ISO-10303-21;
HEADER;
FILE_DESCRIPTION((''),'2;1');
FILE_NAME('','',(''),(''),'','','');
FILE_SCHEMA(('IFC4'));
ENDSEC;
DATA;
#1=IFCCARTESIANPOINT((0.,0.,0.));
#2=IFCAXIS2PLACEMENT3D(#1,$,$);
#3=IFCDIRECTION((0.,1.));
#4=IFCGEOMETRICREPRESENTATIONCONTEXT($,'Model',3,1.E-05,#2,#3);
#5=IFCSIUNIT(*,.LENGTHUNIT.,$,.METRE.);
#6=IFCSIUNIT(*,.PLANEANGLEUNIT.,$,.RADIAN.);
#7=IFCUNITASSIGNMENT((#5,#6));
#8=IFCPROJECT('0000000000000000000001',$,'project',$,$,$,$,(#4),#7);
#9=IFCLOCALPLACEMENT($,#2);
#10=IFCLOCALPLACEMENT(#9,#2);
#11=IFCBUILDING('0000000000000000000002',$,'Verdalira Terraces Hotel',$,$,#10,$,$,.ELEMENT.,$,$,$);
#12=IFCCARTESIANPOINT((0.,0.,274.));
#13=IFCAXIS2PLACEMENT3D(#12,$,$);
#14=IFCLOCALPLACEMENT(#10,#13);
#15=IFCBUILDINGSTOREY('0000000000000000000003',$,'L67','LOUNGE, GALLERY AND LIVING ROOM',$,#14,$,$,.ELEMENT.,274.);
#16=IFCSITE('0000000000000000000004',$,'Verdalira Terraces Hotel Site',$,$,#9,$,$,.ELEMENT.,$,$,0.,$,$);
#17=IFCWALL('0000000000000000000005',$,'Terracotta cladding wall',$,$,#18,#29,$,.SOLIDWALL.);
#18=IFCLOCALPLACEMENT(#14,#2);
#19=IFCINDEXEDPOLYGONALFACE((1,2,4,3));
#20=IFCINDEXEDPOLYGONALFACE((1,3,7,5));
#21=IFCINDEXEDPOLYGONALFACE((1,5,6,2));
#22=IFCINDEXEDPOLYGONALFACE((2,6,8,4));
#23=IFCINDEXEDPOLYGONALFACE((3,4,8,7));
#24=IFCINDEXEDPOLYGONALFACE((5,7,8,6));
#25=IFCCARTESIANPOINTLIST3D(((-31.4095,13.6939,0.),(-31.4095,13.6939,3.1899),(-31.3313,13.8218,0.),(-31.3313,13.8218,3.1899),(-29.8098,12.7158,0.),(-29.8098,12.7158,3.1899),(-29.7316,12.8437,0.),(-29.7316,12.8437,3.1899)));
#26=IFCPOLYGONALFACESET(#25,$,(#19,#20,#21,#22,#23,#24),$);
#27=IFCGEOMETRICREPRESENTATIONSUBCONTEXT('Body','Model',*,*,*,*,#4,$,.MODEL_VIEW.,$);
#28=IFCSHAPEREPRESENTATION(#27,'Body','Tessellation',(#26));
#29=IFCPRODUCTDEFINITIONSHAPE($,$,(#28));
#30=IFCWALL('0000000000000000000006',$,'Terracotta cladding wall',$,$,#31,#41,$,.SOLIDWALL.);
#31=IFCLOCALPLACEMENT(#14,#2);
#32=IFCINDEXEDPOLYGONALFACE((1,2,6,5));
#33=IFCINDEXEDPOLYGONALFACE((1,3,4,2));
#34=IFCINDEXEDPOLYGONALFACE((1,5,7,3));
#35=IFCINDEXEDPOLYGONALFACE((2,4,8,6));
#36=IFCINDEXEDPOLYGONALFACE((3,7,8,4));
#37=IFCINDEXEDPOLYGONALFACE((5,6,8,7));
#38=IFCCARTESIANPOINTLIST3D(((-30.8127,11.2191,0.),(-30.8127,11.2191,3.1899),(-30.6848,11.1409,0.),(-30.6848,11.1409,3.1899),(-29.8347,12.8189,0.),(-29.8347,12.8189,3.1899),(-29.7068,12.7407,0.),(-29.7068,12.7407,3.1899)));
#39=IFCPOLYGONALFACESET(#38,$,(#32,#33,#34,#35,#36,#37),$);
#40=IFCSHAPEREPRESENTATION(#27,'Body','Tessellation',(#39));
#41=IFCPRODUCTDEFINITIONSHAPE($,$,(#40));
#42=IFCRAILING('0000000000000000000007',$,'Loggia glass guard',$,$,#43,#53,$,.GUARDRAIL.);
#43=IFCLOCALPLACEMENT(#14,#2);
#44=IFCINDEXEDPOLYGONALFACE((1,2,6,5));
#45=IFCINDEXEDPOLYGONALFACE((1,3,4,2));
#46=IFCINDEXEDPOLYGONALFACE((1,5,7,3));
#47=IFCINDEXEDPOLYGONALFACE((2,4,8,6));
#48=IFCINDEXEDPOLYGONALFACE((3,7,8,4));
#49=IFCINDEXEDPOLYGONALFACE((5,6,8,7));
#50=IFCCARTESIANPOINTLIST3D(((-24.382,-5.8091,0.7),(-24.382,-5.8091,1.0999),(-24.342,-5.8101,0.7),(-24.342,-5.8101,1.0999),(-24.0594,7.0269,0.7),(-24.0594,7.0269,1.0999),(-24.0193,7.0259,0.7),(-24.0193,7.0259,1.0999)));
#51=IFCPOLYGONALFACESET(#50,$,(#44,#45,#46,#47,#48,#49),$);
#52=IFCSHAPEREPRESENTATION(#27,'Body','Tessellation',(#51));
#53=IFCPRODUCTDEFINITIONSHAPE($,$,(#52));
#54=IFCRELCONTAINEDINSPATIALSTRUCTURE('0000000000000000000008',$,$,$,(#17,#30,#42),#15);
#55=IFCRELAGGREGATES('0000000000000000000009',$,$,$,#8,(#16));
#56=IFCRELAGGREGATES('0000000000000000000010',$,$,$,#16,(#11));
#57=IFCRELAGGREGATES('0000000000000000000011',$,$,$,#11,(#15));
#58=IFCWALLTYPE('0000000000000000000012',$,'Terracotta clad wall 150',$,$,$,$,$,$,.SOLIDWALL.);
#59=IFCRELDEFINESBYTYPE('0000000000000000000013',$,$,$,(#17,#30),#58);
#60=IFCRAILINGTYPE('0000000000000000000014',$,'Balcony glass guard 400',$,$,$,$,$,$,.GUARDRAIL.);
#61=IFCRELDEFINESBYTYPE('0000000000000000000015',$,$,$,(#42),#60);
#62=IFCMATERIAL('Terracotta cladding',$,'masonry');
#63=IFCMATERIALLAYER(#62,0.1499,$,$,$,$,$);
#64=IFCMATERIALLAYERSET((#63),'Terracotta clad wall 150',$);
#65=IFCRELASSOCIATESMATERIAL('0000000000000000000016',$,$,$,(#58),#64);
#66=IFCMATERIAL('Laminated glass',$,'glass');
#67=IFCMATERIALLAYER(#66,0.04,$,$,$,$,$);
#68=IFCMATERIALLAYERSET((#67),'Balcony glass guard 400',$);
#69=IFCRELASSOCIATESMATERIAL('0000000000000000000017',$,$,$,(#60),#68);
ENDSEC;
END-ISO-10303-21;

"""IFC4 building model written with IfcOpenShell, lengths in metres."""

from ifc_helpers import new_model, si_unit, direction, frame, frame_2d, origin, origin_2d, place, context, subcontext, project, spatial, rectangle, extrude, material, layer, layer_set, type_object, element, save


model = new_model("IFC4")

# Units and contexts
model_context = context("Model", 3, precision=1e-05, world=origin(), true_north=direction((0.0, 1.0)))
body_context = subcontext(model_context, "Body", "Model", "MODEL_VIEW")
ifc_project = project(units=[si_unit("LENGTHUNIT", "METRE"), si_unit("PLANEANGLEUNIT", "RADIAN")], contexts=[model_context])

# Site, building, storey
site_placement = place(None, origin())
site = spatial("IfcSite", under=ifc_project, at=site_placement, Name="Verdalira Terraces Hotel Site", CompositionType="ELEMENT", RefElevation=0.0)
building_placement = place(site_placement, origin())
building = spatial("IfcBuilding", under=site, at=building_placement, Name="Verdalira Terraces Hotel", CompositionType="ELEMENT")
storey_placement = place(building_placement, frame((0.0, 0.0, 274.0)))
storey = spatial("IfcBuildingStorey", under=building, at=storey_placement, Name="L67", Description="LOUNGE, GALLERY AND LIVING ROOM", CompositionType="ELEMENT", Elevation=274.0)

# Walls
ifc_material_1 = material(Name="Terracotta cladding", Category="masonry")
ifc_layer_1 = layer(ifc_material_1, 0.1499)
ifc_layer_set_1 = layer_set([ifc_layer_1], Name="Terracotta clad wall 150")
wall_type_1 = type_object("IfcWallType", Name="Terracotta clad wall 150", PredefinedType="SOLIDWALL", material=ifc_layer_set_1)
for number, where, z_axis, x_axis, name in (
    (1, (-31.3704, 13.7578, 0.0), (0.0, 0.0, 1.0), (0.853166, -0.52164, 0.0), "Terracotta cladding wall"),
    (2, (-29.7708, 12.7798, 0.0), (0.0, 0.0, 1.0), (-0.521582, -0.853201, 0.0), "Terracotta cladding wall"),
):
    element("IfcWall", number, at=place(storey_placement, frame(where, z_axis=z_axis, x_axis=x_axis)), inside=storey, type_object=wall_type_1, Name=name, PredefinedType="SOLIDWALL", context=body_context, shape_type="SweptSolid", body=[
        extrude(rectangle(XDim=1.875, YDim=0.1499, at=frame_2d((0.9375, 0.0))), origin(), (0.0, 0.0, 1.0), 3.1899),
    ])

# Railing
ifc_material_2 = material(Name="Laminated glass", Category="glass")
ifc_layer_2 = layer(ifc_material_2, 0.04)
ifc_layer_set_2 = layer_set([ifc_layer_2], Name="Balcony glass guard 400")
railing_type = type_object("IfcRailingType", Name="Balcony glass guard 400", PredefinedType="GUARDRAIL", material=ifc_layer_set_2)
railing_placement = place(storey_placement, frame((-24.2007, 0.6084, 0.7), z_axis=(0.0, 0.0, 1.0), x_axis=(-0.02513, -0.999684, 0.0)))
element("IfcRailing", 3, at=railing_placement, inside=storey, type_object=railing_type, Name="Loggia glass guard", PredefinedType="GUARDRAIL", context=body_context, shape_type="SweptSolid", body=[
    extrude(rectangle(XDim=12.8401, YDim=0.04, at=origin_2d()), origin(), (0.0, 0.0, 1.0), 0.3999),
])

save(model, "model.ifc")
